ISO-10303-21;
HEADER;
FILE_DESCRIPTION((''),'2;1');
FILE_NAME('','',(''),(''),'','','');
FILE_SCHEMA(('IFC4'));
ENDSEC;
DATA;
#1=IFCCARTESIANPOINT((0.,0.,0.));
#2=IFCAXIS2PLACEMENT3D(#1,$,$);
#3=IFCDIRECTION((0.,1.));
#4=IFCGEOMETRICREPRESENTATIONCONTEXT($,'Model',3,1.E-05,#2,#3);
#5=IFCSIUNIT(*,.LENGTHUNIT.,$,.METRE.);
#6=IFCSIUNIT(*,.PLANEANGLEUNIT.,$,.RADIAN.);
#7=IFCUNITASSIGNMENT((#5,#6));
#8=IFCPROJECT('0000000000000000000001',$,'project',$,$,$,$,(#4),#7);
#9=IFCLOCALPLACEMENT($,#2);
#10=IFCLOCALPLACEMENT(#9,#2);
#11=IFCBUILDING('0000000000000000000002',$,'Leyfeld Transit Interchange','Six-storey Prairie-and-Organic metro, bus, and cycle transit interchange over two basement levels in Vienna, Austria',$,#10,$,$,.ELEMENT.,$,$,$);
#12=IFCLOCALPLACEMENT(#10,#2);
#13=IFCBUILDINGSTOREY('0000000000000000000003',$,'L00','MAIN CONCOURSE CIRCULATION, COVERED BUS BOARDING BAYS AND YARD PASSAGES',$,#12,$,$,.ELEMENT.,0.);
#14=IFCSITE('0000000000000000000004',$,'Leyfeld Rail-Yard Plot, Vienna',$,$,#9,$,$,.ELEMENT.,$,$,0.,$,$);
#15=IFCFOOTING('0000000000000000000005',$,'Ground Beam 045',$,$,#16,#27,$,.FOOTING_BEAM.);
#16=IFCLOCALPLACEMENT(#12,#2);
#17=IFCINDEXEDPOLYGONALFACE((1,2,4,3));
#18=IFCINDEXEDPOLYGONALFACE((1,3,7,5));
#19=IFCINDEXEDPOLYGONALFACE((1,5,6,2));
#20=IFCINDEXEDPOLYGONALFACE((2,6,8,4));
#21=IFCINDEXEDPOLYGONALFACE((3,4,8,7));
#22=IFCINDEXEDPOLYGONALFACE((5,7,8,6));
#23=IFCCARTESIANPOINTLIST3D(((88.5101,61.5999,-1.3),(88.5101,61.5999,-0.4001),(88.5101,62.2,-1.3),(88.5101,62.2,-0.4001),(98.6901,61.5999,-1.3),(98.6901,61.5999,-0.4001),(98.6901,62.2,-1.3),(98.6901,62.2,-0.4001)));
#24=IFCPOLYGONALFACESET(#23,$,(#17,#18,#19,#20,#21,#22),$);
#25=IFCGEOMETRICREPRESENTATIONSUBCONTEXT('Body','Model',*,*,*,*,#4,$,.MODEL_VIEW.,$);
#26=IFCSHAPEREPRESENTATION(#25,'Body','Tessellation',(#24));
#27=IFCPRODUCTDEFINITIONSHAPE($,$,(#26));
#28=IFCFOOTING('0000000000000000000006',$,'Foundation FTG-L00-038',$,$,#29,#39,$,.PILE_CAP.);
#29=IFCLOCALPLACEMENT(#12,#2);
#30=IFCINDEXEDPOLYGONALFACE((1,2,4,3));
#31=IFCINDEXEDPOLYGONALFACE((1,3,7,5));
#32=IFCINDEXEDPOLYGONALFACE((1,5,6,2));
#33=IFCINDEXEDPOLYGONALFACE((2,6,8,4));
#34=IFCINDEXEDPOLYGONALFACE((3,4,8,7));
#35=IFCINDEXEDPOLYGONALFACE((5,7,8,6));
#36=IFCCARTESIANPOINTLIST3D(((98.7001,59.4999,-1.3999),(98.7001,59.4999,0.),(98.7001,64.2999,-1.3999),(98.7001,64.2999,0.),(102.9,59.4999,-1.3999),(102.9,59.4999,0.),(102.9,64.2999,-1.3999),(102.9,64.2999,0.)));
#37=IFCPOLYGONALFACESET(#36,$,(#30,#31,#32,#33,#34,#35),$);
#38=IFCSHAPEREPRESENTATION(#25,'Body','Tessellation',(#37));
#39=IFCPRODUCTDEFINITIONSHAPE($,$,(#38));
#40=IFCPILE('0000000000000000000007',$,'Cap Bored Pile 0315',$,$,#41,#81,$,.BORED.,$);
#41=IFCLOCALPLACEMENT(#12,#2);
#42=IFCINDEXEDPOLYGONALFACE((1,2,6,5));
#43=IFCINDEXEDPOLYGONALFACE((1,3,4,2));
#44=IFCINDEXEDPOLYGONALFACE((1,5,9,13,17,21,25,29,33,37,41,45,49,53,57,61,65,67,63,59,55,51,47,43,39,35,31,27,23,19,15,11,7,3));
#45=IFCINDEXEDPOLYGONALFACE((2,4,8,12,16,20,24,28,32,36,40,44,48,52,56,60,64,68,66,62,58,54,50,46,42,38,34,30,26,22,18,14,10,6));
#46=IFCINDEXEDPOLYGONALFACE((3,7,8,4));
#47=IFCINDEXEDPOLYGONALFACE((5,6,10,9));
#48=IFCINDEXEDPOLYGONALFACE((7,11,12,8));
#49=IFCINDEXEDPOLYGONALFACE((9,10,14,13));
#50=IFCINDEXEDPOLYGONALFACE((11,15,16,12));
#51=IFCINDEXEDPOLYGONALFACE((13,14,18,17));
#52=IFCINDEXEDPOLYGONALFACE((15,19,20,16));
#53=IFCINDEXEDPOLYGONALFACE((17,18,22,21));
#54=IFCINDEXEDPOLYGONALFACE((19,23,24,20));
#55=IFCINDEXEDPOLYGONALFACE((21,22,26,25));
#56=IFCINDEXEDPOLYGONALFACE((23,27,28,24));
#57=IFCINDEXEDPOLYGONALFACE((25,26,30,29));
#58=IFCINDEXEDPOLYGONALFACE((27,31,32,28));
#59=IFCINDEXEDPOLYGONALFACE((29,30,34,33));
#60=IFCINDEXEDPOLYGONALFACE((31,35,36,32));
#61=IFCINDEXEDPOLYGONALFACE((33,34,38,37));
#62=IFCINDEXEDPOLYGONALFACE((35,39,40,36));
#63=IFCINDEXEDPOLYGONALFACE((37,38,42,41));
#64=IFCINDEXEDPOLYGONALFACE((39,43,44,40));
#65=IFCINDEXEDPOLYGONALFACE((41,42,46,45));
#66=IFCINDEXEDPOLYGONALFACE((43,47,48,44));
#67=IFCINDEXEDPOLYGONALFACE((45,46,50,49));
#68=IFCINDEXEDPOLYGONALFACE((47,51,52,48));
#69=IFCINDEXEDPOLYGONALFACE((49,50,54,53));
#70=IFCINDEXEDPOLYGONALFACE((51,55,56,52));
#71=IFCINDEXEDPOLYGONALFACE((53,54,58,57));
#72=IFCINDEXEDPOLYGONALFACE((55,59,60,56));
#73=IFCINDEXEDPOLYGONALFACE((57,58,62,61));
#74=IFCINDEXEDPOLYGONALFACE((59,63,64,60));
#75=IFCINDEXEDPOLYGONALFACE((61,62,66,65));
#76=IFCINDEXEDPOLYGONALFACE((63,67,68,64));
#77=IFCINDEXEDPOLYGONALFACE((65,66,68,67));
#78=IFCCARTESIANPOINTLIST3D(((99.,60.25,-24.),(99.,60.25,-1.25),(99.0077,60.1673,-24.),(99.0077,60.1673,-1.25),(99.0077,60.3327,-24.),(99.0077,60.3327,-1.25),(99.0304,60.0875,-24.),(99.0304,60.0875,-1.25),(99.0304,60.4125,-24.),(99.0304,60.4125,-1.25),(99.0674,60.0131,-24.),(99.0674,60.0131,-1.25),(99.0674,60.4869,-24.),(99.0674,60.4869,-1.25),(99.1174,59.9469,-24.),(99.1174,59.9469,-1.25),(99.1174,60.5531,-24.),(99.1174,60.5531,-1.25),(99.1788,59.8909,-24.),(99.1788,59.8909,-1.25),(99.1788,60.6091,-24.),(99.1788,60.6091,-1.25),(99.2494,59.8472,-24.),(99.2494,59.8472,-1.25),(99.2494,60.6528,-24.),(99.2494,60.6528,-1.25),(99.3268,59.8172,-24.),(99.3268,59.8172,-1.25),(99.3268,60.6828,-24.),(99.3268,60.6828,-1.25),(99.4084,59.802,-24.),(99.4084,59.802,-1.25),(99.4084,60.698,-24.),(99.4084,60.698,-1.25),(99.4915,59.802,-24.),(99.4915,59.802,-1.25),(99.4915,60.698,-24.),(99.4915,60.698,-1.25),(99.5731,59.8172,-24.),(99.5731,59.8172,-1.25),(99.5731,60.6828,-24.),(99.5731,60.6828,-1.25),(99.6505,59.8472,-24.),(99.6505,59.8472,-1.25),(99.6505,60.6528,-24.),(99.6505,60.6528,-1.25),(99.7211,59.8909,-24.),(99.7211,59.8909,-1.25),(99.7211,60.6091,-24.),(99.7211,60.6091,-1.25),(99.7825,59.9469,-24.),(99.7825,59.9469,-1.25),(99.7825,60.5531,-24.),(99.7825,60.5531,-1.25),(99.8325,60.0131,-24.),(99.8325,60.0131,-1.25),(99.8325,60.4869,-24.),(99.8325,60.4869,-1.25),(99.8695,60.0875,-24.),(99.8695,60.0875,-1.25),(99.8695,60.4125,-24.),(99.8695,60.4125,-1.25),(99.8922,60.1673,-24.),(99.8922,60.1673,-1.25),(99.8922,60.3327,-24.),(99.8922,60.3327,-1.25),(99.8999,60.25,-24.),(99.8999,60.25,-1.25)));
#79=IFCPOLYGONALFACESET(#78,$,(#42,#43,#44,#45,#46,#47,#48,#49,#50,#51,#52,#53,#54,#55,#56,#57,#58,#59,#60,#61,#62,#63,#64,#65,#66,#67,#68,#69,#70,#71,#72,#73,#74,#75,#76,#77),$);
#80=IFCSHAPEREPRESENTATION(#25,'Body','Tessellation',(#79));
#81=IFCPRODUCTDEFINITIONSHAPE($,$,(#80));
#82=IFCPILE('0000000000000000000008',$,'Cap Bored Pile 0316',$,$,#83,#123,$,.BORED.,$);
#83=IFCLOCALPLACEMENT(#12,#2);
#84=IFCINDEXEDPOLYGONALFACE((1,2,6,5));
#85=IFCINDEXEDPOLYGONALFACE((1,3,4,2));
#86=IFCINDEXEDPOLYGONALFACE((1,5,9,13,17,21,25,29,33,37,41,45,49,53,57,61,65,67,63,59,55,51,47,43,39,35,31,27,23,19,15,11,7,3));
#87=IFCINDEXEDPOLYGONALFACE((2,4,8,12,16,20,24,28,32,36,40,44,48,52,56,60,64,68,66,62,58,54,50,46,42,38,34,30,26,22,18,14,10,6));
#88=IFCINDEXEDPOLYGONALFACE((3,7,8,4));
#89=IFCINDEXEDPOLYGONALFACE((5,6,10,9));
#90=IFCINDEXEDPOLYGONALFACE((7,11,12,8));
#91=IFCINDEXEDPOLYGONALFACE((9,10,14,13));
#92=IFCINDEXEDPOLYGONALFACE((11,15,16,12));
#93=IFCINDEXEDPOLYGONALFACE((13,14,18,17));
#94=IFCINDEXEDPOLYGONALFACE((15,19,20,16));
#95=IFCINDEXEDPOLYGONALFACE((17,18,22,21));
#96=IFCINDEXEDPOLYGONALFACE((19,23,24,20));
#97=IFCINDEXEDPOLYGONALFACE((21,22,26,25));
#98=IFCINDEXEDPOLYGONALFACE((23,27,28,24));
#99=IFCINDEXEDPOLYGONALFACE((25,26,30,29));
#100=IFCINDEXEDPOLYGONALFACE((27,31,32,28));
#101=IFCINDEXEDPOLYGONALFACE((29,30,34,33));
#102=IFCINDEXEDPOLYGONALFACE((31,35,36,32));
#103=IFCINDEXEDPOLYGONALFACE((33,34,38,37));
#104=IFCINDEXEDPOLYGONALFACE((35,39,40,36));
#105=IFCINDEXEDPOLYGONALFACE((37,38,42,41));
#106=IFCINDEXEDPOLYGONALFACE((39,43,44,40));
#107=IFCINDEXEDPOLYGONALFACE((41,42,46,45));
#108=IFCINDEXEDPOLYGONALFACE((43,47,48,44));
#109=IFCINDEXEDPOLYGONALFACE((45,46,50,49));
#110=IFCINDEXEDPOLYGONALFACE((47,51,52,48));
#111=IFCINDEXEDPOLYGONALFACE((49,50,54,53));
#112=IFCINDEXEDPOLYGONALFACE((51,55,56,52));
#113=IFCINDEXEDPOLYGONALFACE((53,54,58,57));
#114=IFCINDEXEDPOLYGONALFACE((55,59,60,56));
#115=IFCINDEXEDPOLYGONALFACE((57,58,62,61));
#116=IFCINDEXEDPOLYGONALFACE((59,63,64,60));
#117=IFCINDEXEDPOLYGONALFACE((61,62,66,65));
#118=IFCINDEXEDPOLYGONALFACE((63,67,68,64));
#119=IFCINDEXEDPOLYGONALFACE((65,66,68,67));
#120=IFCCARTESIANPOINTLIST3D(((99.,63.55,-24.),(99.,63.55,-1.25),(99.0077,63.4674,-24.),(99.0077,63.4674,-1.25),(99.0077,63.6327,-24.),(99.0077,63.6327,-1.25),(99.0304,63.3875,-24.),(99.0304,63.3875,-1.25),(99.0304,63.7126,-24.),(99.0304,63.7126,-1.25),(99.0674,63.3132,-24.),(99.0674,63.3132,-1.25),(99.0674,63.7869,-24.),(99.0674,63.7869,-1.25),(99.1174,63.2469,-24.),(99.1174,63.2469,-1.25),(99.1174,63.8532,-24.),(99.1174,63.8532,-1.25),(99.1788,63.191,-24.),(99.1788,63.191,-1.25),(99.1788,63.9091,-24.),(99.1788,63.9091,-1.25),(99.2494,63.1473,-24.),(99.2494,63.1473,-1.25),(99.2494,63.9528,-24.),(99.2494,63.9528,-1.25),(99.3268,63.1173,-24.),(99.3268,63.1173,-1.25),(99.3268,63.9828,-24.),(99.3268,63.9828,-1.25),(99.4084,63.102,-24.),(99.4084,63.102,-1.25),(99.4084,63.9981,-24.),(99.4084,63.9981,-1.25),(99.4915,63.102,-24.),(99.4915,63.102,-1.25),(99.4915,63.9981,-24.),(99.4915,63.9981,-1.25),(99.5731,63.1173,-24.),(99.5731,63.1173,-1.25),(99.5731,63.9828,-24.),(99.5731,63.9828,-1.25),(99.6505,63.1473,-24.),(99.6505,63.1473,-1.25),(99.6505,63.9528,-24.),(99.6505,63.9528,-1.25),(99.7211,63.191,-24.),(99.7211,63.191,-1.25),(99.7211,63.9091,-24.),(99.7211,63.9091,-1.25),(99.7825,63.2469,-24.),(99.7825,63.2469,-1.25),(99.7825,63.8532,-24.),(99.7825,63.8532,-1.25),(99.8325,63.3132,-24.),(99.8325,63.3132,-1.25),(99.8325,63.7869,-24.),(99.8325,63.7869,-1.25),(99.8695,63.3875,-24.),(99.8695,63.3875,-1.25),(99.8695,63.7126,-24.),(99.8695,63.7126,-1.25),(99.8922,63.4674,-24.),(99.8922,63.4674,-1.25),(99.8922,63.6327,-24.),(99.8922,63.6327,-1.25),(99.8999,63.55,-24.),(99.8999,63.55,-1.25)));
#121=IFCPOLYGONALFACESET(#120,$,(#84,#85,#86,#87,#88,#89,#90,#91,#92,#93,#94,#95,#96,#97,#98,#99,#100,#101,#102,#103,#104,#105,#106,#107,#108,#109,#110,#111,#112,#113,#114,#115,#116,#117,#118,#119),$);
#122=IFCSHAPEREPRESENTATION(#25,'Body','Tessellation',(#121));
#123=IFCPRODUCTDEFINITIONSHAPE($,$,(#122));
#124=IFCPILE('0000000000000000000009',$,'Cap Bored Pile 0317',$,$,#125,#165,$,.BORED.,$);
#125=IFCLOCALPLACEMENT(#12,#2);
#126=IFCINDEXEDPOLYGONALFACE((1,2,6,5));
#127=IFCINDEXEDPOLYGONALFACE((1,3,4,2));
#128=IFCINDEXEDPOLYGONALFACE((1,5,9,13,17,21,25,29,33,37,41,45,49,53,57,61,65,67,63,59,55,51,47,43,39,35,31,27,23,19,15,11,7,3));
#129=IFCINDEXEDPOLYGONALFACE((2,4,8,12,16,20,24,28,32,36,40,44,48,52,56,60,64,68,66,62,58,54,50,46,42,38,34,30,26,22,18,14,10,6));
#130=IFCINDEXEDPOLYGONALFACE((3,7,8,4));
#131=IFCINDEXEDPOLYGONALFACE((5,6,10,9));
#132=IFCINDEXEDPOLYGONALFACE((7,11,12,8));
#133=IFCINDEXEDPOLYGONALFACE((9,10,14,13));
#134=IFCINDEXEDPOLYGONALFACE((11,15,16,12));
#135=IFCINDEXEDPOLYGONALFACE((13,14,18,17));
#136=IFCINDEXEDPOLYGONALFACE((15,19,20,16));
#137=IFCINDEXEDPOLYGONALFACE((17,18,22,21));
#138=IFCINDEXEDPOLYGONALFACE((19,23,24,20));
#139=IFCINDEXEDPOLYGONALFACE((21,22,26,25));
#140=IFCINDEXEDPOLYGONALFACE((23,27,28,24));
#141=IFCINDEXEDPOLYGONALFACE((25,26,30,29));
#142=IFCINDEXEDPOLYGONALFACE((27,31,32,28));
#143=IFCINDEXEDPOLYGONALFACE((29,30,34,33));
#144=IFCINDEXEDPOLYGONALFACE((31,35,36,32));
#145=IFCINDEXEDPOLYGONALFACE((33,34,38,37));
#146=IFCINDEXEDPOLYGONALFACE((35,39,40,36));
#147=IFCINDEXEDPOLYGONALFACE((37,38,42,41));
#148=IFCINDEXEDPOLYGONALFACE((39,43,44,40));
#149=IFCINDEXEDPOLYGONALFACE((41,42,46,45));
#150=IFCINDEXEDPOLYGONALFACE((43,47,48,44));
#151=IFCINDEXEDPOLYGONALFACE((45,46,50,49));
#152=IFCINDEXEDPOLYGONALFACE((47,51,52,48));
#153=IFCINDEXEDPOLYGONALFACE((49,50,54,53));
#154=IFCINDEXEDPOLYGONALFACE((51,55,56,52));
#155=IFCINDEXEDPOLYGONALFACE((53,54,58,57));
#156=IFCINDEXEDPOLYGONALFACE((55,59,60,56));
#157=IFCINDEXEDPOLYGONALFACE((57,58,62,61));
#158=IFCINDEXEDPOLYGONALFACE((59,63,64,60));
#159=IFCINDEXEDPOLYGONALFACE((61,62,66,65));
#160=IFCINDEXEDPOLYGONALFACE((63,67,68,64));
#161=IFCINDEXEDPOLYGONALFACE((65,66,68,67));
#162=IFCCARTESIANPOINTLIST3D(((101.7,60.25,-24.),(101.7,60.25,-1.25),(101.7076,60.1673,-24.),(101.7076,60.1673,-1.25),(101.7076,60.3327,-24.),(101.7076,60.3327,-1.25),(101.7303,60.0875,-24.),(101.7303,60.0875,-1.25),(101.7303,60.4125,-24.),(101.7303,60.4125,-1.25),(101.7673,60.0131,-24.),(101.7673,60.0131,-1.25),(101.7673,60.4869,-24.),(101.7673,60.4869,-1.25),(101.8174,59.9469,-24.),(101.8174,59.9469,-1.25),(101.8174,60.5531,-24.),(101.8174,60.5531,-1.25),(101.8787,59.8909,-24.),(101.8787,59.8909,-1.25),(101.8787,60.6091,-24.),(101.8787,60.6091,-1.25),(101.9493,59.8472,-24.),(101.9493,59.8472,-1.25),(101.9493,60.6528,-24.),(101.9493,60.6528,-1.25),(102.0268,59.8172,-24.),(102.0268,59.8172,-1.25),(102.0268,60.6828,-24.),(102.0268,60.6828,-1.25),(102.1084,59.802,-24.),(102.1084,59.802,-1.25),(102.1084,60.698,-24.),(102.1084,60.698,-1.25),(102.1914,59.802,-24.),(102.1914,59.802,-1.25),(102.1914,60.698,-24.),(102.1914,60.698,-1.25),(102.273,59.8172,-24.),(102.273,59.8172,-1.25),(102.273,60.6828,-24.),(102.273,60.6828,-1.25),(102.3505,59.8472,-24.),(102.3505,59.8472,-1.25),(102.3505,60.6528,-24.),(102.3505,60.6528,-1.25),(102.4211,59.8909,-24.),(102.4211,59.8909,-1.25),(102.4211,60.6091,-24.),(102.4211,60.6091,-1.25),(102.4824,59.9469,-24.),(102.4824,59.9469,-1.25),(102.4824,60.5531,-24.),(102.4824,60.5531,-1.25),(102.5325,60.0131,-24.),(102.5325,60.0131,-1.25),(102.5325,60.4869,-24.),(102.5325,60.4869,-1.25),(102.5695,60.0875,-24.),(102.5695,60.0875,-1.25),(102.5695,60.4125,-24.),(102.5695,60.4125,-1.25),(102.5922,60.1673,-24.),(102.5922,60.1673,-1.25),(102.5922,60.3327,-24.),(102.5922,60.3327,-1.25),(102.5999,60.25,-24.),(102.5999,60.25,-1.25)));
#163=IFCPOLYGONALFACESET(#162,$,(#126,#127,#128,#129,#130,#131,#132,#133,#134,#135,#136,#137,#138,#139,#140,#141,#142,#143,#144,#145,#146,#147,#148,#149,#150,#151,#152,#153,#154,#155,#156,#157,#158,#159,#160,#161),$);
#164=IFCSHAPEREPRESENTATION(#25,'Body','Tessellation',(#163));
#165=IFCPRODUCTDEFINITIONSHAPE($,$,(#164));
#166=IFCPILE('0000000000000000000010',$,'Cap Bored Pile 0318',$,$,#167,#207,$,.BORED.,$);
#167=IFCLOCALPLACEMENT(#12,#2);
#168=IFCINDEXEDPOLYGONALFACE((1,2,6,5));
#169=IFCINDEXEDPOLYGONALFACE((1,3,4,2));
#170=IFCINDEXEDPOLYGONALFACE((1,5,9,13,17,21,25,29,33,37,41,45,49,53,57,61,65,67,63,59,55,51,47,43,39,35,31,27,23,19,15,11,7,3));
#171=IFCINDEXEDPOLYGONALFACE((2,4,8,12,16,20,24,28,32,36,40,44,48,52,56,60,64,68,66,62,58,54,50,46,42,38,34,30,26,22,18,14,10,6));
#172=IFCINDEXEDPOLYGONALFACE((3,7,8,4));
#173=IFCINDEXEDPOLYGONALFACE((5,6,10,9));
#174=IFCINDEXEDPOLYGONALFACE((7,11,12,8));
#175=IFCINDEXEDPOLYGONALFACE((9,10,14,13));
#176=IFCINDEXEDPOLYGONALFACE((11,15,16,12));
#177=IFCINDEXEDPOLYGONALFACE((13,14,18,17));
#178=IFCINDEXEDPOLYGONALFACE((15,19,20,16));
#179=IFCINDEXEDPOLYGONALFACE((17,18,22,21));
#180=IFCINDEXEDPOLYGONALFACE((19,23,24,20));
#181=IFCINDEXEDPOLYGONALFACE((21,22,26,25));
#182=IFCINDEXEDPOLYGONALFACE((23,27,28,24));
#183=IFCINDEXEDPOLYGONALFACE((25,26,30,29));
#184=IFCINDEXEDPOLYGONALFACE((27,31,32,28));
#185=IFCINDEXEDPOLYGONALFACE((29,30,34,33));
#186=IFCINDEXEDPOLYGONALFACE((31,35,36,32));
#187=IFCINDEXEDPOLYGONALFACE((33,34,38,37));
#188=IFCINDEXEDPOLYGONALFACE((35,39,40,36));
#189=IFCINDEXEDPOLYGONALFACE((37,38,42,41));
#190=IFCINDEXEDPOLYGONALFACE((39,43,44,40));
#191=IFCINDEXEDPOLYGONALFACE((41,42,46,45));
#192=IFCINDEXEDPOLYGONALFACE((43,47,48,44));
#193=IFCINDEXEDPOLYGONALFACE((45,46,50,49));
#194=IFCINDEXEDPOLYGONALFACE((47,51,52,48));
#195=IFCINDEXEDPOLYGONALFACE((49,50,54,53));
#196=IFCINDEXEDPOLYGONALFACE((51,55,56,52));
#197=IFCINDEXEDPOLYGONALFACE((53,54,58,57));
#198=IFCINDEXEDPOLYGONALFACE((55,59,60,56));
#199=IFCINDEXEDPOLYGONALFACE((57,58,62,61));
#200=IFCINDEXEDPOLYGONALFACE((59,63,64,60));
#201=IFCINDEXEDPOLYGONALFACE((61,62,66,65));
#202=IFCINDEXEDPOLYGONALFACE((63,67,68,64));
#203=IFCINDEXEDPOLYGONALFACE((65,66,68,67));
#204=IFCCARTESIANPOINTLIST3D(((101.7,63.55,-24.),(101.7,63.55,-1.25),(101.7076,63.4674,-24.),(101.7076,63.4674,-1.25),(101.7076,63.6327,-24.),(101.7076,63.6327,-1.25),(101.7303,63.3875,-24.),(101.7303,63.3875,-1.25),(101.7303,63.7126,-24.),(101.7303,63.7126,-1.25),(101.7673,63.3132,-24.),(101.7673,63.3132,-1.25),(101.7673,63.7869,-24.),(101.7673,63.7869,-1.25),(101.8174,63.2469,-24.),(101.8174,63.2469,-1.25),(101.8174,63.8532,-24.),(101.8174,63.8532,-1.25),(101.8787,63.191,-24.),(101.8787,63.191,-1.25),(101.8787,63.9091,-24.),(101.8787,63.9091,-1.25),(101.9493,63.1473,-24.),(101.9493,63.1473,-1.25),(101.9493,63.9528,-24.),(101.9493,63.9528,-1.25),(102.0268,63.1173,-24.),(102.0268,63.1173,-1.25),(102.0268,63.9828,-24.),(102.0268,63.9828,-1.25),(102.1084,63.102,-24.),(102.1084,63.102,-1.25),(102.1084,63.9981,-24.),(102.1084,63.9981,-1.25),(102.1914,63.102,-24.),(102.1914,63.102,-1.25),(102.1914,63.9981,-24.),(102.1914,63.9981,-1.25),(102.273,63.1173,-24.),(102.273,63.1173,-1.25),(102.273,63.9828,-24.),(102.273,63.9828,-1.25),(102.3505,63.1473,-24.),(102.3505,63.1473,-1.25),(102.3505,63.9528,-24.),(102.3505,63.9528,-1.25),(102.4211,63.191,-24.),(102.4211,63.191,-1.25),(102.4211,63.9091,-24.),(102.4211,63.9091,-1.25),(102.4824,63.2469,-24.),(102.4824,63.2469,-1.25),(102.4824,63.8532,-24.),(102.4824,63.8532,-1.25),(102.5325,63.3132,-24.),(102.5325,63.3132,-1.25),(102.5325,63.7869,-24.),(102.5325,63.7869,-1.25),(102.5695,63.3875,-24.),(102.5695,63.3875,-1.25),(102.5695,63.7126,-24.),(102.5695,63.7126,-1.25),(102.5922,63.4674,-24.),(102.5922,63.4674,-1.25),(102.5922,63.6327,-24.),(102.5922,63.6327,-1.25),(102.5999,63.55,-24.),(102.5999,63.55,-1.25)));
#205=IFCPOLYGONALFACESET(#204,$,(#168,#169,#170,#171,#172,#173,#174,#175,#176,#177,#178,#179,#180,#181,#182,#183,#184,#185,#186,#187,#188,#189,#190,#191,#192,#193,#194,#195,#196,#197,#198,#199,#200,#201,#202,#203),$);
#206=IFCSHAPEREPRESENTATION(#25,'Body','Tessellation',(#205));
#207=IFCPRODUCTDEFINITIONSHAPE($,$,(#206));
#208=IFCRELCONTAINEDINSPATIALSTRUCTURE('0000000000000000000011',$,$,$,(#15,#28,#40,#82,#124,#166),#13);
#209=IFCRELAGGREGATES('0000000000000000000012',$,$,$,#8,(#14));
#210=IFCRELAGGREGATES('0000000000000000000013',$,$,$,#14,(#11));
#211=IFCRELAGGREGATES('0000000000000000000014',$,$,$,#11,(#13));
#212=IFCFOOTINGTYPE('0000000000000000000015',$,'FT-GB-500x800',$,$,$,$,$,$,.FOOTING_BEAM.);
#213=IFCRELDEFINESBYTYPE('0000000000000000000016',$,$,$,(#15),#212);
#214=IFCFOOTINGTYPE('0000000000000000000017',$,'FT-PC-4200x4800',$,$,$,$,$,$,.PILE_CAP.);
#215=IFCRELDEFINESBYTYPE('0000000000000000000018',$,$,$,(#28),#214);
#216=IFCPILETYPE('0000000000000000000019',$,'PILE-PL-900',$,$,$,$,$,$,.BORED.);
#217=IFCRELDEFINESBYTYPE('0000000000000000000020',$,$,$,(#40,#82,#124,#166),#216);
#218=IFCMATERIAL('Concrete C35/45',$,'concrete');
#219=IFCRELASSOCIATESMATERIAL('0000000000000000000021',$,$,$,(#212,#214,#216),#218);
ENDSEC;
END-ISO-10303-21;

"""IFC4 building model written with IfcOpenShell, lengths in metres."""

from ifc_helpers import new_model, si_unit, direction, frame, origin, origin_2d, place, context, subcontext, project, spatial, rectangle, circle, extrude, material, material_profile, profile_set, type_object, element, save


model = new_model("IFC4")

# Units and contexts
model_context = context("Model", 3, precision=1e-05, world=origin(), true_north=direction((0.0, 1.0)))
body_context = subcontext(model_context, "Body", "Model", "MODEL_VIEW")
ifc_project = project(units=[si_unit("LENGTHUNIT", "METRE"), si_unit("PLANEANGLEUNIT", "RADIAN")], contexts=[model_context])

# Site, building, storey
site_placement = place(None, origin())
site = spatial("IfcSite", under=ifc_project, at=site_placement, Name="Leyfeld Rail-Yard Plot, Vienna", CompositionType="ELEMENT", RefElevation=0.0)
building_placement = place(site_placement, origin())
building = spatial("IfcBuilding", under=site, at=building_placement, Name="Leyfeld Transit Interchange", Description="Six-storey Prairie-and-Organic metro, bus, and cycle transit interchange over two basement levels in Vienna, Austria", CompositionType="ELEMENT")
storey_placement = place(building_placement, origin())
storey = spatial("IfcBuildingStorey", under=building, at=storey_placement, Name="L00", Description="MAIN CONCOURSE CIRCULATION, COVERED BUS BOARDING BAYS AND YARD PASSAGES", CompositionType="ELEMENT", Elevation=0.0)

# Footings
ifc_material_1 = material(Name="Concrete C35/45", Category="concrete")
footing_type_1 = type_object("IfcFootingType", Name="FT-GB-500x800", PredefinedType="FOOTING_BEAM", material=ifc_material_1)
footing_1_placement = place(storey_placement, frame((93.6001, 61.8999, -1.3), z_axis=(0.0, 0.0, 1.0), x_axis=(1.0, 0.0, 0.0)))
element("IfcFooting", 1, at=footing_1_placement, inside=storey, type_object=footing_type_1, Name="Ground Beam 045", PredefinedType="FOOTING_BEAM", context=body_context, shape_type="SweptSolid", body=[
    extrude(rectangle(XDim=10.1799, YDim=0.6001, at=origin_2d()), origin(), (0.0, 0.0, 1.0), 0.8999),
])
footing_type_2 = type_object("IfcFootingType", Name="FT-PC-4200x4800", PredefinedType="PILE_CAP", material=ifc_material_1)
footing_2_placement = place(storey_placement, frame((100.8, 61.8999, -1.3999), z_axis=(0.0, 0.0, 1.0), x_axis=(1.0, 0.0, 0.0)))
element("IfcFooting", 2, at=footing_2_placement, inside=storey, type_object=footing_type_2, Name="Foundation FTG-L00-038", PredefinedType="PILE_CAP", context=body_context, shape_type="SweptSolid", body=[
    extrude(rectangle(XDim=4.2, YDim=4.8, at=origin_2d()), origin(), (0.0, 0.0, 1.0), 1.3999),
])

# Piles
ifc_material_profile_1 = material_profile(ifc_material_1, circle(Radius=0.45, at=origin_2d()), Name="PILE D900")
ifc_profile_set_1 = profile_set([ifc_material_profile_1], Name="Concrete C35/45")
pile_type = type_object("IfcPileType", Name="PILE-PL-900", PredefinedType="BORED", material=ifc_profile_set_1)
for number, where, z_axis, x_axis, name in (
    (3, (99.45, 60.25, -1.25), (0.0, 0.0, -1.0), (1.0, 0.0, 0.0), "Cap Bored Pile 0315"),
    (4, (99.45, 63.55, -1.25), (0.0, 0.0, -1.0), (1.0, 0.0, 0.0), "Cap Bored Pile 0316"),
    (5, (102.1499, 60.25, -1.25), (0.0, 0.0, -1.0), (1.0, 0.0, 0.0), "Cap Bored Pile 0317"),
    (6, (102.1499, 63.55, -1.25), (0.0, 0.0, -1.0), (1.0, 0.0, 0.0), "Cap Bored Pile 0318"),
):
    element("IfcPile", number, at=place(storey_placement, frame(where, z_axis=z_axis, x_axis=x_axis)), inside=storey, type_object=pile_type, Name=name, PredefinedType="BORED", context=body_context, shape_type="SweptSolid", body=[
        extrude(circle(Radius=0.45, at=origin_2d()), origin(), (0.0, 0.0, 1.0), 22.75),
    ])

save(model, "model.ifc")
